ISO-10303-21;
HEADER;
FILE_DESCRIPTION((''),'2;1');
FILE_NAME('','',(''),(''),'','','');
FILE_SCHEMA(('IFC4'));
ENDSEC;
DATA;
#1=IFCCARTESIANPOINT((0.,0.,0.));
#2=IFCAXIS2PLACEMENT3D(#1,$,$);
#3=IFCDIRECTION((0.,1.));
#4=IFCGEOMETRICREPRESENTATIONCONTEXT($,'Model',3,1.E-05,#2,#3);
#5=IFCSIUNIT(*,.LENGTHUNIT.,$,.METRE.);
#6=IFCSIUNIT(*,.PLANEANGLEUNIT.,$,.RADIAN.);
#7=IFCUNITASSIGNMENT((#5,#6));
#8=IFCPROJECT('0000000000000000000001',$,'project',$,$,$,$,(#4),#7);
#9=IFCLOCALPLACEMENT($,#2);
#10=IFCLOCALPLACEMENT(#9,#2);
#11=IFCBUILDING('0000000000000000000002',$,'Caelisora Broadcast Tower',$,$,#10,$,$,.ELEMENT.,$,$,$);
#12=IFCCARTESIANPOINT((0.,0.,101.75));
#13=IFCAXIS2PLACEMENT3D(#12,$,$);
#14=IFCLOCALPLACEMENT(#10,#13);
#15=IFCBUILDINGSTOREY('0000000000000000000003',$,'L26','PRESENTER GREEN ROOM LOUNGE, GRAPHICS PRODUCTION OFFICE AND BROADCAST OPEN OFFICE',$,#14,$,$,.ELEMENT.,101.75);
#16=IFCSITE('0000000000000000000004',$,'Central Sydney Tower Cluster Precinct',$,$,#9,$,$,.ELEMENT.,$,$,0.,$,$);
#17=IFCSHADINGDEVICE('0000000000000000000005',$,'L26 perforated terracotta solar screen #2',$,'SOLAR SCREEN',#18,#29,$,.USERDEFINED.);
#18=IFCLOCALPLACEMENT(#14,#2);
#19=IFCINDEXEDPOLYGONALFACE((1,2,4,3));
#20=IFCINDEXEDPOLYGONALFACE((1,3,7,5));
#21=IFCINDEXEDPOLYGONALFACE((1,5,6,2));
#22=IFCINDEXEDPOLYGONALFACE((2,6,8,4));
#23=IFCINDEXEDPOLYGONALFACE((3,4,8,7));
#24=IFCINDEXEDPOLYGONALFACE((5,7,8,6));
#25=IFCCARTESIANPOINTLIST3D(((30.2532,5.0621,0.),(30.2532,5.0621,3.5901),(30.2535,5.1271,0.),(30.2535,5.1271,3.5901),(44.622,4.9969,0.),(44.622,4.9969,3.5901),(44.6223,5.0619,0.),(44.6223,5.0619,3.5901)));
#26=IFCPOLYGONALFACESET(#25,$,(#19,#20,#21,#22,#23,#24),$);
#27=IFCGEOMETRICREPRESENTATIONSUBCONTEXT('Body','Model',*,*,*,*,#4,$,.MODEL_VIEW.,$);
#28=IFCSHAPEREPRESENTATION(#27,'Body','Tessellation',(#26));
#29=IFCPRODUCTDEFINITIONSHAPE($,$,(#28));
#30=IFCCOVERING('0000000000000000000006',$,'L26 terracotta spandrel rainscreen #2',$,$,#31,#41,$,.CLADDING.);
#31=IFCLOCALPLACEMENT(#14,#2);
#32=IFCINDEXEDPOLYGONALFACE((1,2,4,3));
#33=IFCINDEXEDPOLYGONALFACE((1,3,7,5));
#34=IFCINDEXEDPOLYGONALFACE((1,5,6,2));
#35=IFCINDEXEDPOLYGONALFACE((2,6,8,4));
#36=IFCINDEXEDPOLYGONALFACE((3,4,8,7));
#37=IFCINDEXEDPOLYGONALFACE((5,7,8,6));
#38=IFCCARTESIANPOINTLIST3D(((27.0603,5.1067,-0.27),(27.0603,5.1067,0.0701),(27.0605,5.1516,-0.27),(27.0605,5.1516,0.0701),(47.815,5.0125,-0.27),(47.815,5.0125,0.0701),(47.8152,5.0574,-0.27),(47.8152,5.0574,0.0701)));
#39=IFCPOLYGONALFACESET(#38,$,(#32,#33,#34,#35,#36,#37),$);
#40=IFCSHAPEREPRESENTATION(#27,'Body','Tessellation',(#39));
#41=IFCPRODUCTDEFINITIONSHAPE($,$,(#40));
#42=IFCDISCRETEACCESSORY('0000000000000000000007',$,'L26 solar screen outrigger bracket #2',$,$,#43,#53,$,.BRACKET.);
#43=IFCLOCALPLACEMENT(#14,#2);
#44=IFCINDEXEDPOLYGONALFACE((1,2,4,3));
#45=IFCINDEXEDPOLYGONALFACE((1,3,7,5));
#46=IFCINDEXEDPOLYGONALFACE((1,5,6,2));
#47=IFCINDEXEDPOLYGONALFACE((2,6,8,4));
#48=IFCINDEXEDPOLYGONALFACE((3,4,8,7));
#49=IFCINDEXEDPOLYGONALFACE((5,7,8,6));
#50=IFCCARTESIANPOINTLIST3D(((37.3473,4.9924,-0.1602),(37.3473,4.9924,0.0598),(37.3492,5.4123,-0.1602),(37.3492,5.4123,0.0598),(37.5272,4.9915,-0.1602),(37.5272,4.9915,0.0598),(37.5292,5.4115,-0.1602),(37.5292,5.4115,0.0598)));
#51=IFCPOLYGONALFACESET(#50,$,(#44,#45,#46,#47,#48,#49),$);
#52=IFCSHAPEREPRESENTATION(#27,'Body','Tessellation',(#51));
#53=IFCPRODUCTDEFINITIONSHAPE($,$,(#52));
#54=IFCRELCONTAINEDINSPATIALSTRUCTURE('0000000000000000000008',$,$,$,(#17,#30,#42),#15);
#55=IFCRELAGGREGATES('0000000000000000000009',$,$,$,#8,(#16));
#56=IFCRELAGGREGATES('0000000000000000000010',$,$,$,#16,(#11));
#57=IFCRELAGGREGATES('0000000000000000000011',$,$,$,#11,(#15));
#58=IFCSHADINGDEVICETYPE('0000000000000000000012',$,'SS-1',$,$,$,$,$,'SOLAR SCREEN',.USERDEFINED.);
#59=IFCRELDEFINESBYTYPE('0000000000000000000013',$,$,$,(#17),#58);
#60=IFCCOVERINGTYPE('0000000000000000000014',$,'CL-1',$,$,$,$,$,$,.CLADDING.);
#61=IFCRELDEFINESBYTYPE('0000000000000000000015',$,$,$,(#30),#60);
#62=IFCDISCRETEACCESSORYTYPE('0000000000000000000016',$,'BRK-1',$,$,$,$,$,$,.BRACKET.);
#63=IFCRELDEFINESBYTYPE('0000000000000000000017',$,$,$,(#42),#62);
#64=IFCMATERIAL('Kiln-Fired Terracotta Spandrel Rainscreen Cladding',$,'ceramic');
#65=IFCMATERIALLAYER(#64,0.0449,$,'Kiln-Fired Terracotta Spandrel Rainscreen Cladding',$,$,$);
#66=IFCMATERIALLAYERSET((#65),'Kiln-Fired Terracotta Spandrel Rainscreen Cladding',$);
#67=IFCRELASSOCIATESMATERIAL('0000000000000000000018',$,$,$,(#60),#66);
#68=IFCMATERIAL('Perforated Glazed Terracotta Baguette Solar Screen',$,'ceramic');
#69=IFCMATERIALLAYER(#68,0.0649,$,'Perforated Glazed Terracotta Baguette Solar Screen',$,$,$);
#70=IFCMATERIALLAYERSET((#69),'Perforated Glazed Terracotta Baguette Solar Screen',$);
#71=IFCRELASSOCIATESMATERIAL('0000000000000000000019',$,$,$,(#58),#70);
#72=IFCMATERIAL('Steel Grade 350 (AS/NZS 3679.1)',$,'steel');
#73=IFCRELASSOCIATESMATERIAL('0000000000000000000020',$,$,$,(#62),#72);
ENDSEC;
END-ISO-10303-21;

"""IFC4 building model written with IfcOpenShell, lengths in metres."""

from ifc_helpers import new_model, si_unit, direction, frame, origin, origin_2d, place, context, subcontext, project, spatial, rectangle, extrude, source, transform, mapped, material, layer, layer_set, type_object, type_shapes, element, save


model = new_model("IFC4")

# Units and contexts
model_context = context("Model", 3, precision=1e-05, world=origin(), true_north=direction((0.0, 1.0)))
body_context = subcontext(model_context, "Body", "Model", "MODEL_VIEW")
ifc_project = project(units=[si_unit("LENGTHUNIT", "METRE"), si_unit("PLANEANGLEUNIT", "RADIAN")], contexts=[model_context])

# Site, building, storey
site_placement = place(None, origin())
site = spatial("IfcSite", under=ifc_project, at=site_placement, Name="Central Sydney Tower Cluster Precinct", CompositionType="ELEMENT", RefElevation=0.0)
building_placement = place(site_placement, origin())
building = spatial("IfcBuilding", under=site, at=building_placement, Name="Caelisora Broadcast Tower", CompositionType="ELEMENT")
storey_placement = place(building_placement, frame((0.0, 0.0, 101.75)))
storey = spatial("IfcBuildingStorey", under=building, at=storey_placement, Name="L26", Description="PRESENTER GREEN ROOM LOUNGE, GRAPHICS PRODUCTION OFFICE AND BROADCAST OPEN OFFICE", CompositionType="ELEMENT", Elevation=101.75)

# Shared definitions
ifc_material_1 = material(Name="Steel Grade 350 (AS/NZS 3679.1)", Category="steel")

# Shared definitions
ifc_material_2 = material(Name="Kiln-Fired Terracotta Spandrel Rainscreen Cladding", Category="ceramic")
ifc_layer_1 = layer(ifc_material_2, 0.0449, Name="Kiln-Fired Terracotta Spandrel Rainscreen Cladding")
ifc_layer_set_1 = layer_set([ifc_layer_1], Name="Kiln-Fired Terracotta Spandrel Rainscreen Cladding")
covering_type = type_object("IfcCoveringType", Name="CL-1", PredefinedType="CLADDING", material=ifc_layer_set_1)

# Shading device
ifc_material_3 = material(Name="Perforated Glazed Terracotta Baguette Solar Screen", Category="ceramic")
ifc_layer_2 = layer(ifc_material_3, 0.0649, Name="Perforated Glazed Terracotta Baguette Solar Screen")
ifc_layer_set_2 = layer_set([ifc_layer_2], Name="Perforated Glazed Terracotta Baguette Solar Screen")
shading_device_type = type_object("IfcShadingDeviceType", Name="SS-1", ElementType="SOLAR SCREEN", PredefinedType="USERDEFINED", material=ifc_layer_set_2)
shared_shape_1 = source(origin(), body_context, "Body", "SweptSolid", [
    extrude(rectangle(XDim=14.3689, YDim=0.0649, at=origin_2d()), origin(), (0.0, 0.0, 1.0), 3.5901),
])
type_shapes(shading_device_type, [shared_shape_1])
shading_device_placement = place(storey_placement, frame((37.4377, 5.062, 0.0), z_axis=(0.0, 0.0, 1.0), x_axis=(0.99999, -0.004538, 0.0)))
element("IfcShadingDevice", 1, at=shading_device_placement, inside=storey, type_object=shading_device_type, Name="L26 perforated terracotta solar screen #2", ObjectType="SOLAR SCREEN", PredefinedType="USERDEFINED", context=body_context, shape_type="MappedRepresentation", body=[
    mapped(shared_shape_1, transform((0.0, 0.0, 0.0), scale=1.0)),
])

# Covering
shared_shape_2 = source(origin(), body_context, "Body", "SweptSolid", [
    extrude(rectangle(XDim=20.7549, YDim=0.0449, at=origin_2d()), origin(), (0.0, 0.0, 1.0), 0.3401),
])
covering_1_placement = place(storey_placement, frame((37.4377, 5.082, -0.27), z_axis=(0.0, 0.0, 1.0), x_axis=(0.99999, -0.004538, 0.0)))
element("IfcCovering", 2, at=covering_1_placement, inside=storey, type_object=covering_type, Name="L26 terracotta spandrel rainscreen #2", PredefinedType="CLADDING", context=body_context, shape_type="MappedRepresentation", body=[
    mapped(shared_shape_2, transform((0.0, 0.0, 0.0), scale=1.0)),
])

# Discrete accessory
discrete_accessory_type = type_object("IfcDiscreteAccessoryType", Name="BRK-1", PredefinedType="BRACKET", material=ifc_material_1)
shared_shape_3 = source(origin(), body_context, "Body", "SweptSolid", [
    extrude(rectangle(XDim=0.1799, YDim=0.4199, at=origin_2d()), origin(), (0.0, 0.0, 1.0), 0.22),
])
type_shapes(discrete_accessory_type, [shared_shape_3])
discrete_accessory_placement = place(storey_placement, frame((37.4382, 5.2019, -0.1602), z_axis=(0.0, 0.0, 1.0), x_axis=(0.99999, -0.004538, 0.0)))
element("IfcDiscreteAccessory", 3, at=discrete_accessory_placement, inside=storey, type_object=discrete_accessory_type, Name="L26 solar screen outrigger bracket #2", PredefinedType="BRACKET", context=body_context, shape_type="MappedRepresentation", body=[
    mapped(shared_shape_3, transform((0.0, 0.0, 0.0), scale=1.0)),
])

save(model, "model.ifc")
